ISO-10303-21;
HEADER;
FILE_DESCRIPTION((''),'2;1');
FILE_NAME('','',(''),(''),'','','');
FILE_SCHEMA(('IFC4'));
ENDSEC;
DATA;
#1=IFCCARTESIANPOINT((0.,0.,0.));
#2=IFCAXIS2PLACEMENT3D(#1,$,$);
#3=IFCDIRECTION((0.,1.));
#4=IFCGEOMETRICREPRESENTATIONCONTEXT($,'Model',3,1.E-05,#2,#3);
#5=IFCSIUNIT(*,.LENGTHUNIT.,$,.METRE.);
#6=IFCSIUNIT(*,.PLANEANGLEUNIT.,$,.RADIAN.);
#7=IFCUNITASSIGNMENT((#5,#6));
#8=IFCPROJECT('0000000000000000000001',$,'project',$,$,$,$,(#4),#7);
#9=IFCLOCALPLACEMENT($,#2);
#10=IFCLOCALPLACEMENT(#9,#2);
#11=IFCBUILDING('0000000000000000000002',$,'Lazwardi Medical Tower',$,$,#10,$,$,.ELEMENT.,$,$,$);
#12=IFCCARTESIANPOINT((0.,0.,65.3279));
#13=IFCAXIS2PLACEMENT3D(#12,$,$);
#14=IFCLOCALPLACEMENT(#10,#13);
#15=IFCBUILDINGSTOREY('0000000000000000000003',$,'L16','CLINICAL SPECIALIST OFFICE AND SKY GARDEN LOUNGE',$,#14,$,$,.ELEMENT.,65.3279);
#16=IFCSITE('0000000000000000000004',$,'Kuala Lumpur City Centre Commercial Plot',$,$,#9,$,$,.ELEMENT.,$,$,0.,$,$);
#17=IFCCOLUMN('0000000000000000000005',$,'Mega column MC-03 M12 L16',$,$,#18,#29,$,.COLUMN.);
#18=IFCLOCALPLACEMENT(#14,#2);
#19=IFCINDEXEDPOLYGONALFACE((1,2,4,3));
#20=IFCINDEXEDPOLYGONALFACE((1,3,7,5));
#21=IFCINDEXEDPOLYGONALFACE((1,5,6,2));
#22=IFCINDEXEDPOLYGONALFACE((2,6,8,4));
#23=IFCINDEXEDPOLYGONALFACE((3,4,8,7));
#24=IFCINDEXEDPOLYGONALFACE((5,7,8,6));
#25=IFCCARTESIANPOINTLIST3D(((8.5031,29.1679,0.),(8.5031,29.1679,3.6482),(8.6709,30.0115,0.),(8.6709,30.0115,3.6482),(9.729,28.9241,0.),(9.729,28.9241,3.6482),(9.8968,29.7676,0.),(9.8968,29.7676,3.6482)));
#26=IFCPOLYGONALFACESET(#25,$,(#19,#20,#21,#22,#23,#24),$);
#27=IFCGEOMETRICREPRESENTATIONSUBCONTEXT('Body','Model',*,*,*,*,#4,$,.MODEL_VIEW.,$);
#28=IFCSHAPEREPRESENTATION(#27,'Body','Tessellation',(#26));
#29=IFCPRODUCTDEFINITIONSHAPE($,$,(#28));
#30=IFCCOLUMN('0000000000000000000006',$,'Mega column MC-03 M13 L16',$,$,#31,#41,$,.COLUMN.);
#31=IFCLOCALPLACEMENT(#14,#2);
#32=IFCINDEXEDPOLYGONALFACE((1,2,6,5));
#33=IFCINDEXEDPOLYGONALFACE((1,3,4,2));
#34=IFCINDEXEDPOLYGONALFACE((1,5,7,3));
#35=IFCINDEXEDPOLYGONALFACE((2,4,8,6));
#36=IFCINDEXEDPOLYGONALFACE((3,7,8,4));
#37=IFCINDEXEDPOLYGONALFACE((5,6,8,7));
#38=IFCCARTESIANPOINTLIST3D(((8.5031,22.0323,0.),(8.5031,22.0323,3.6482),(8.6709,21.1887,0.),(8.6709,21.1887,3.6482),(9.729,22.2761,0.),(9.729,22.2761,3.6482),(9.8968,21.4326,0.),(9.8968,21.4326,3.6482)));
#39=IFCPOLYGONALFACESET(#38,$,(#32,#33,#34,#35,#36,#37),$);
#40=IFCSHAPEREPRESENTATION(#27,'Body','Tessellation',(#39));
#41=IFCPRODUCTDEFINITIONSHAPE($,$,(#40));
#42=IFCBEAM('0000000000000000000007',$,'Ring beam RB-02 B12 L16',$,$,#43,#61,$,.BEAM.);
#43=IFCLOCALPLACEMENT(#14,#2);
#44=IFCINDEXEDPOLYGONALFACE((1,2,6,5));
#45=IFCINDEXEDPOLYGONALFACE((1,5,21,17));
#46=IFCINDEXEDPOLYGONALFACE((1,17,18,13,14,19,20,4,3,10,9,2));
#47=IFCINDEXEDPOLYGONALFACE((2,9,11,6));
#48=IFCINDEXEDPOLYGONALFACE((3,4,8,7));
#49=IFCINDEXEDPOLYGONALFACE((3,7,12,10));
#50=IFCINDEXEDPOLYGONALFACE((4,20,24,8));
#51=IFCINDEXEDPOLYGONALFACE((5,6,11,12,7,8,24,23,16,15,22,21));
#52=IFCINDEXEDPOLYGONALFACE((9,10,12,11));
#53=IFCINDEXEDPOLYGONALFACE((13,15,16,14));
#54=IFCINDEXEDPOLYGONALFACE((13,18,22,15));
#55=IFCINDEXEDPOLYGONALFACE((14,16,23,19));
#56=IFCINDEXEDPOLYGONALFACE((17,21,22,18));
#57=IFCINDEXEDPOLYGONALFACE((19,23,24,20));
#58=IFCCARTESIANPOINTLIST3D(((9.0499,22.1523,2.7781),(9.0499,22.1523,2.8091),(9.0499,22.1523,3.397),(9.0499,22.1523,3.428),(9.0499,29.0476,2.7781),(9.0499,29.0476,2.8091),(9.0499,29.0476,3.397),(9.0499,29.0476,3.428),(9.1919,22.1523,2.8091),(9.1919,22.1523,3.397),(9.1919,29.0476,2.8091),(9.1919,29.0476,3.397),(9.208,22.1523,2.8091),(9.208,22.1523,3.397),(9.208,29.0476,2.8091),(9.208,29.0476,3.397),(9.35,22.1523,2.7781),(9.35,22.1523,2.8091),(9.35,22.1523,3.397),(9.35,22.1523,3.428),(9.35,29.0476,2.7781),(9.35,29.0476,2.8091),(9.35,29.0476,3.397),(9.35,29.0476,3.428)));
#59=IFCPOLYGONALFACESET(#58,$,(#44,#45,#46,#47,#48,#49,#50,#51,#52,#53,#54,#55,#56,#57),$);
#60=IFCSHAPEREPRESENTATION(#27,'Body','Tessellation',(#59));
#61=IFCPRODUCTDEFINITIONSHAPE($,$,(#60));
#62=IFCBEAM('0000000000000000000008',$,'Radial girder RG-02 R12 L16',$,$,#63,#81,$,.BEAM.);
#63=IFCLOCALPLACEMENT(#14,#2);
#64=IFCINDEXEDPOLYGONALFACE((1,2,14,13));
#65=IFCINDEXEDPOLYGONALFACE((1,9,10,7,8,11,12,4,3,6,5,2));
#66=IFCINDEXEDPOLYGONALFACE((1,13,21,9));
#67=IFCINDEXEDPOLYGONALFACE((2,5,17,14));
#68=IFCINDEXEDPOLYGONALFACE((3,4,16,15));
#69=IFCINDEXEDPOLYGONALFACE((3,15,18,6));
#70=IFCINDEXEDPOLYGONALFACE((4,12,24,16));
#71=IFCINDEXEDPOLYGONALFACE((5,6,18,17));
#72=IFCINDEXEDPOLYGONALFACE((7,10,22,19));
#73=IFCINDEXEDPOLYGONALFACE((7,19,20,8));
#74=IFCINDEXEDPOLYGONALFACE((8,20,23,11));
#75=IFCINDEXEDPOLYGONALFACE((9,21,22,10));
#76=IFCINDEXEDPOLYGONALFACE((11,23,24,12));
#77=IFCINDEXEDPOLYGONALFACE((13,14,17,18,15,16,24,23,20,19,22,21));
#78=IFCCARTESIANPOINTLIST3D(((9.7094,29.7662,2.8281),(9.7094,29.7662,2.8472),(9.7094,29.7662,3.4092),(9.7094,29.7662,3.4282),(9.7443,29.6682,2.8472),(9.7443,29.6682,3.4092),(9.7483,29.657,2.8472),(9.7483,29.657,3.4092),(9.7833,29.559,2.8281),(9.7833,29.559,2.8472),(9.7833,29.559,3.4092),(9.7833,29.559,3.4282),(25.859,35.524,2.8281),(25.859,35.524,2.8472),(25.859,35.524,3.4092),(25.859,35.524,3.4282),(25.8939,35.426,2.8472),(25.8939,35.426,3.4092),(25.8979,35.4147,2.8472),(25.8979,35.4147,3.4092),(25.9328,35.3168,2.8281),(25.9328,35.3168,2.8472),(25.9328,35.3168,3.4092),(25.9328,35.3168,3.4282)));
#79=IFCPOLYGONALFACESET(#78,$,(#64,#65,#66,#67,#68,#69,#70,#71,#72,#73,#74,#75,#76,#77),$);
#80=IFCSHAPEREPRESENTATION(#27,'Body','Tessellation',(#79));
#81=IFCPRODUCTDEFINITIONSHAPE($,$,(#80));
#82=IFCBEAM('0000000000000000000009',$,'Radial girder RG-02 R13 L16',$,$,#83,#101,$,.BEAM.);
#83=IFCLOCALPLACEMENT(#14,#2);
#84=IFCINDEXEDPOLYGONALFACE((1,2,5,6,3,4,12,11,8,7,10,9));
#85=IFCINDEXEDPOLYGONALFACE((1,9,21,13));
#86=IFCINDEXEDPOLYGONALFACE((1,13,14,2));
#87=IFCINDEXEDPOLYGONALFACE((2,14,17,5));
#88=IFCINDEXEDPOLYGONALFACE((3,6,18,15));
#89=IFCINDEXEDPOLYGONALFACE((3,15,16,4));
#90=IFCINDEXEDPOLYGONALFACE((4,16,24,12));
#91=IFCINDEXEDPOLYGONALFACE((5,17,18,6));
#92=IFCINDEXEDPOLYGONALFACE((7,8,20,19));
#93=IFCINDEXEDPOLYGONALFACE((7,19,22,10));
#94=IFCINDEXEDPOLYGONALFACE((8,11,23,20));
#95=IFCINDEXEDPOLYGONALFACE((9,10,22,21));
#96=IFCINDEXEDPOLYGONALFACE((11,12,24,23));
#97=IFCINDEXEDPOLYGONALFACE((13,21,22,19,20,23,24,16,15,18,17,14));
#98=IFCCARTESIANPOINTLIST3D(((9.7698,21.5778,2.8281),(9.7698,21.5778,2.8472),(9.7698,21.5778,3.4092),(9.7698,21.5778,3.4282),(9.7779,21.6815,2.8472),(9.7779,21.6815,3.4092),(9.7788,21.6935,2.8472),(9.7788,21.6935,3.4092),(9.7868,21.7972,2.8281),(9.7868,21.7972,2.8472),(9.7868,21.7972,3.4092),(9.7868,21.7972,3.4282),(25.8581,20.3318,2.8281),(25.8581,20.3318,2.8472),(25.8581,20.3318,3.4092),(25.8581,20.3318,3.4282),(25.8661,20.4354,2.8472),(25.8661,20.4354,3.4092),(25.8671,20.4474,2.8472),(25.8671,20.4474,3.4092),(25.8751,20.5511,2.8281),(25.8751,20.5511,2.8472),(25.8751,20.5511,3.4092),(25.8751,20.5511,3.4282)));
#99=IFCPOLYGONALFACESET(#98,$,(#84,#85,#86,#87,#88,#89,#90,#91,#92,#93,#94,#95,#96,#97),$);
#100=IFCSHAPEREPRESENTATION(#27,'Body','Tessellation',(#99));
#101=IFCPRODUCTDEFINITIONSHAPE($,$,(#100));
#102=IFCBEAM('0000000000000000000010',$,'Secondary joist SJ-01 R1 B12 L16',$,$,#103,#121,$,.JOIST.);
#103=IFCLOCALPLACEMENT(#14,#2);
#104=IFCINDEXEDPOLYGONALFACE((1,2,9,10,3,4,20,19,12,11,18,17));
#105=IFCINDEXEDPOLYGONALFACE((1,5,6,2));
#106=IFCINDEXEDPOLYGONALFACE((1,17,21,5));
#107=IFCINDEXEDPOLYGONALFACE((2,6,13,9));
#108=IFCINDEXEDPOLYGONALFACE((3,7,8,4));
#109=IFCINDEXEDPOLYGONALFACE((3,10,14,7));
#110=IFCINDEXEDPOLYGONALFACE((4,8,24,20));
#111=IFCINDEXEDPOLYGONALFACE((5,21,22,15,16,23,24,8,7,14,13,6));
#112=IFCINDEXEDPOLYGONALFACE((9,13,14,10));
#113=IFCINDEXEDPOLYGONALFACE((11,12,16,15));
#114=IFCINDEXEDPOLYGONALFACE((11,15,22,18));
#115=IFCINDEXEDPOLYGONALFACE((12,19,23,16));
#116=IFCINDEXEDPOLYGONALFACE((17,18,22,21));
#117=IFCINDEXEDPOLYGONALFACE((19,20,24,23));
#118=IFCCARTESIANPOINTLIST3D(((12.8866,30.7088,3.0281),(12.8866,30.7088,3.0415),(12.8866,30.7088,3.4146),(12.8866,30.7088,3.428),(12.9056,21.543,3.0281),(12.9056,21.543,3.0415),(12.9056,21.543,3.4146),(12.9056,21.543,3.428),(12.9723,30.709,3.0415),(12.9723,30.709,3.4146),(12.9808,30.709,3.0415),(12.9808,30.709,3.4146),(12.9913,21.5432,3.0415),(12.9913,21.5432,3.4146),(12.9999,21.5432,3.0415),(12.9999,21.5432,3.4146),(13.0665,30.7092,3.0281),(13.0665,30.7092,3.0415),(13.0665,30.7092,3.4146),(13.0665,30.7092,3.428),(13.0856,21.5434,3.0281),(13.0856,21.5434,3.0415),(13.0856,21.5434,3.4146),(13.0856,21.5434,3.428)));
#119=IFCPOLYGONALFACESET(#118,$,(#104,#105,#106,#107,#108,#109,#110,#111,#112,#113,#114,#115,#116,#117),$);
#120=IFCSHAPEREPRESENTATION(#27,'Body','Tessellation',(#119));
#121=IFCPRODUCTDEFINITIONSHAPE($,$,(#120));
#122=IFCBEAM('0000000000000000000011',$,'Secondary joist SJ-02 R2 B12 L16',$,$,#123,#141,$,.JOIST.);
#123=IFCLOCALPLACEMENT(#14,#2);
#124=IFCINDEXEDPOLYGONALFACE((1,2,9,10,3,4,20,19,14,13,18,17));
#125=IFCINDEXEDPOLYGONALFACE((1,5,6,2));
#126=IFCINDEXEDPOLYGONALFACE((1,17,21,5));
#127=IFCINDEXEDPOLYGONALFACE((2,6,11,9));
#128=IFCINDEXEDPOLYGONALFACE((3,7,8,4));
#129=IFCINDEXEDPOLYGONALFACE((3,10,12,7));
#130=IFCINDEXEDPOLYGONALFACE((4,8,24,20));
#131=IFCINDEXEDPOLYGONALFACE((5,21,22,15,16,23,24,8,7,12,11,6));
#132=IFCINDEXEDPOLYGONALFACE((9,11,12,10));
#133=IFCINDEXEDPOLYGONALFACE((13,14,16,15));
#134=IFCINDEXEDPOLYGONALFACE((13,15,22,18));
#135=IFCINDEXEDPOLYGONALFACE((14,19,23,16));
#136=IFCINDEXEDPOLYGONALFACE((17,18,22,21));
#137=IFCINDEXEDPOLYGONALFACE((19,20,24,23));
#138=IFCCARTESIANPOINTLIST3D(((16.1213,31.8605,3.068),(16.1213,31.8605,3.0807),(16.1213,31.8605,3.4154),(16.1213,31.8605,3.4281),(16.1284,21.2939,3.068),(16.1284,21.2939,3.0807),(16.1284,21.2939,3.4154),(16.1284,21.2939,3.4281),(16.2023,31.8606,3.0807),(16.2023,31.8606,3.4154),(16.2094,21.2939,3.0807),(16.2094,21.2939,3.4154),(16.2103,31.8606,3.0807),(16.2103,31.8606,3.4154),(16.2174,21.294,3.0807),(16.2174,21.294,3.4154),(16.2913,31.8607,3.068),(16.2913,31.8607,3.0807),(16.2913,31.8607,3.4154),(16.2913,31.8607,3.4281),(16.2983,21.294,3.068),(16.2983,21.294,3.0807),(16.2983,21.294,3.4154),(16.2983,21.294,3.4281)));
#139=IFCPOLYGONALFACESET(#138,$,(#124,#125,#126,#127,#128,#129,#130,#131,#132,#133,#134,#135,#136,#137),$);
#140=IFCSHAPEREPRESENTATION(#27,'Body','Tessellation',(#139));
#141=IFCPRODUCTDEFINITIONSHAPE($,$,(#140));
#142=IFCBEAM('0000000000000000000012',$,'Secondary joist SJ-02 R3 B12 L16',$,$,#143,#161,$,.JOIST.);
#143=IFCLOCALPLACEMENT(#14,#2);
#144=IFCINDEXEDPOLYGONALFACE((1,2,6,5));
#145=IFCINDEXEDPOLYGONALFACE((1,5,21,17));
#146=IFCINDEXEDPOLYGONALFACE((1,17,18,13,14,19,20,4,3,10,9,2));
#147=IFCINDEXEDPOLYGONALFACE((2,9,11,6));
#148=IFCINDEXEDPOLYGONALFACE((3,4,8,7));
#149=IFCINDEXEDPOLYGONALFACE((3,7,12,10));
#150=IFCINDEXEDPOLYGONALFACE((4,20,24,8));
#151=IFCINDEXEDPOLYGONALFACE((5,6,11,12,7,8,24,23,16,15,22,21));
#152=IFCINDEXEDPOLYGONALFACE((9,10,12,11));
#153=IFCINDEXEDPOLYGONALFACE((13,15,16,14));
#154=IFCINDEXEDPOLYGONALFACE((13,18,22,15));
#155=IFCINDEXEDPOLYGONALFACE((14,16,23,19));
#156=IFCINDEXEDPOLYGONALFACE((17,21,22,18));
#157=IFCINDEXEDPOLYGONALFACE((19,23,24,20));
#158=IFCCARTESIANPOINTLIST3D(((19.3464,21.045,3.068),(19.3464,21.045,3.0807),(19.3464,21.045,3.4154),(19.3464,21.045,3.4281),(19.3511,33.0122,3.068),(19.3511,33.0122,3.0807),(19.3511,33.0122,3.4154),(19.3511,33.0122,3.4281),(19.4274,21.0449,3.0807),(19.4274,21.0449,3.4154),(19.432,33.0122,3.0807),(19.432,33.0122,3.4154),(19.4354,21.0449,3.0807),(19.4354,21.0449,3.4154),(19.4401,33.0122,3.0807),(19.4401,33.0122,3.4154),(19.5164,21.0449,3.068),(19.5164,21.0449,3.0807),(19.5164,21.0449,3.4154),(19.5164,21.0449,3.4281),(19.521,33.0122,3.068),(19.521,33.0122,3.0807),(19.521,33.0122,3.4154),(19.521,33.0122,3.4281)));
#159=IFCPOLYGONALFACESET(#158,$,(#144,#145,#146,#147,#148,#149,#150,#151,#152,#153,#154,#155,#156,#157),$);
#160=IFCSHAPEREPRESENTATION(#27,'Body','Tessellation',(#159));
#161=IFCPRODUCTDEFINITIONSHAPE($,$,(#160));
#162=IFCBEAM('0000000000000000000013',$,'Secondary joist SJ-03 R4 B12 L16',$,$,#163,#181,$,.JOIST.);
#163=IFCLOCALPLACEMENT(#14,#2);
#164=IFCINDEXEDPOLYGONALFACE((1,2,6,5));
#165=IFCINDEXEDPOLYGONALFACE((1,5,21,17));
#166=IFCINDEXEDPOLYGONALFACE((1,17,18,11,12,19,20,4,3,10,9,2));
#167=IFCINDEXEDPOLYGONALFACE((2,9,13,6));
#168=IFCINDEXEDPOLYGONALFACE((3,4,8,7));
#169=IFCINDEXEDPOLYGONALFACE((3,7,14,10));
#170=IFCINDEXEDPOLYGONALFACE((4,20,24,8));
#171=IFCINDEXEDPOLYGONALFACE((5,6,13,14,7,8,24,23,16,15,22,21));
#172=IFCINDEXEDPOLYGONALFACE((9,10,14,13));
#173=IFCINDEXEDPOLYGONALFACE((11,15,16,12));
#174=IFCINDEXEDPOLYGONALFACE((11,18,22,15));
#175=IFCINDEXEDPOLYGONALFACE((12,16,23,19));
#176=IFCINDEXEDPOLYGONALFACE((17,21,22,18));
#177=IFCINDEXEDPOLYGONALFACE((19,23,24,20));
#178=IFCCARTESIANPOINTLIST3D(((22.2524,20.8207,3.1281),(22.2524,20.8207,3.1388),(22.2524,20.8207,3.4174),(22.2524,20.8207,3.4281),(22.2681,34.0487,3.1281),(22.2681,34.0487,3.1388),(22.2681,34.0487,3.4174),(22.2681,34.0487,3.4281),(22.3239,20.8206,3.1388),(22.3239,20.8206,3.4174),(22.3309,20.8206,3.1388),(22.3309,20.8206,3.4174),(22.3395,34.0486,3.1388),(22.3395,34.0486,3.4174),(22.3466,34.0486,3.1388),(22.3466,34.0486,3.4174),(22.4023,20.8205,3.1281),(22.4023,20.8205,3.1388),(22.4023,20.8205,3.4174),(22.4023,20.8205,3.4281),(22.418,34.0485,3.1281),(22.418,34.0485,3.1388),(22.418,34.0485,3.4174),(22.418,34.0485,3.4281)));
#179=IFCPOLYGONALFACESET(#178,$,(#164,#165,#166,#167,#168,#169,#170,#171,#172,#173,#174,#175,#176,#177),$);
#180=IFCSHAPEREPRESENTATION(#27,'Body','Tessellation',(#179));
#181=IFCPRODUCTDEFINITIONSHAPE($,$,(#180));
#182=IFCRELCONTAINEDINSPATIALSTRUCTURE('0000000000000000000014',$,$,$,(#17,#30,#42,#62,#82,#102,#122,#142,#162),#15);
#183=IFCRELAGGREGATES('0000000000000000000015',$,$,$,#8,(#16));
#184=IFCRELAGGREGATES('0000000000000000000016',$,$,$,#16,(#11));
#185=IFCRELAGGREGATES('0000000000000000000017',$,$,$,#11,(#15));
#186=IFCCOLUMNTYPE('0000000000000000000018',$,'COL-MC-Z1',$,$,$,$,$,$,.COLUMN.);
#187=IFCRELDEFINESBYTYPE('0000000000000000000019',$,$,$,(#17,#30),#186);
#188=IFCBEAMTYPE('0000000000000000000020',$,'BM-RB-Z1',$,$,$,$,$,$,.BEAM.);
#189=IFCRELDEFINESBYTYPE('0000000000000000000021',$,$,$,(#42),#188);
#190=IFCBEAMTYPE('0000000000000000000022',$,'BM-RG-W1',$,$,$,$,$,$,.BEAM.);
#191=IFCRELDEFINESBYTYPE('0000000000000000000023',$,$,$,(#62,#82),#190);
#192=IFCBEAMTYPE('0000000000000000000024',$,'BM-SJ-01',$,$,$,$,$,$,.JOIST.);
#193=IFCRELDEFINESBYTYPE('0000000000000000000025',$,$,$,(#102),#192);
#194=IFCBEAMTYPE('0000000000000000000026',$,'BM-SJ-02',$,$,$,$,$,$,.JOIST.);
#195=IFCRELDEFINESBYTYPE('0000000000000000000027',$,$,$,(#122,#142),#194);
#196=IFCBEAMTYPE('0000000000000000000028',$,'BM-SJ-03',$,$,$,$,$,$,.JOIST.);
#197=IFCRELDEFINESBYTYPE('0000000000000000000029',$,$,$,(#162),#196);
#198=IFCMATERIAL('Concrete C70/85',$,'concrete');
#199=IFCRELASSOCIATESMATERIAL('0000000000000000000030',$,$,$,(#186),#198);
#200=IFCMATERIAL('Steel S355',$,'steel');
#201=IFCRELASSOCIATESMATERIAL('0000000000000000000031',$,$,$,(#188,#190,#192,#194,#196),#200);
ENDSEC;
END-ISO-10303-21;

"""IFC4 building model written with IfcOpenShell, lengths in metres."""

from ifc_helpers import new_model, si_unit, direction, frame, origin, origin_2d, place, context, subcontext, project, spatial, rectangle, i_section, extrude, material, material_profile, profile_set, type_object, element, save


model = new_model("IFC4")

# Units and contexts
model_context = context("Model", 3, precision=1e-05, world=origin(), true_north=direction((0.0, 1.0)))
body_context = subcontext(model_context, "Body", "Model", "MODEL_VIEW")
ifc_project = project(units=[si_unit("LENGTHUNIT", "METRE"), si_unit("PLANEANGLEUNIT", "RADIAN")], contexts=[model_context])

# Site, building, storey
site_placement = place(None, origin())
site = spatial("IfcSite", under=ifc_project, at=site_placement, Name="Kuala Lumpur City Centre Commercial Plot", CompositionType="ELEMENT", RefElevation=0.0)
building_placement = place(site_placement, origin())
building = spatial("IfcBuilding", under=site, at=building_placement, Name="Lazwardi Medical Tower", CompositionType="ELEMENT")
storey_placement = place(building_placement, frame((0.0, 0.0, 65.3279)))
storey = spatial("IfcBuildingStorey", under=building, at=storey_placement, Name="L16", Description="CLINICAL SPECIALIST OFFICE AND SKY GARDEN LOUNGE", CompositionType="ELEMENT", Elevation=65.3279)

# Columns
ifc_material_1 = material(Name="Concrete C70/85", Category="concrete")
ifc_material_profile_1 = material_profile(ifc_material_1, rectangle(XDim=1.25, YDim=0.8601, at=origin_2d()), Name="CFT-RECT 1250x860")
ifc_profile_set_1 = profile_set([ifc_material_profile_1], Name="Concrete C70/85")
column_type = type_object("IfcColumnType", Name="COL-MC-Z1", PredefinedType="COLUMN", material=ifc_profile_set_1)
for number, where, z_axis, x_axis, name in (
    (1, (9.2, 29.4678, 0.0), (0.0, 0.0, 1.0), (-0.980785, 0.19509, 0.0), "Mega column MC-03 M12 L16"),
    (2, (9.2, 21.7324, 0.0), (0.0, 0.0, 1.0), (-0.980785, -0.19509, 0.0), "Mega column MC-03 M13 L16"),
):
    element("IfcColumn", number, at=place(storey_placement, frame(where, z_axis=z_axis, x_axis=x_axis)), inside=storey, type_object=column_type, Name=name, PredefinedType="COLUMN", context=body_context, shape_type="SweptSolid", body=[
        extrude(rectangle(XDim=1.25, YDim=0.8601, at=origin_2d()), origin(), (0.0, 0.0, 1.0), 3.6482),
    ])

# Beams
ifc_material_2 = material(Name="Steel S355", Category="steel")
ifc_material_profile_2 = material_profile(ifc_material_2, i_section(OverallWidth=0.3, OverallDepth=0.6499, WebThickness=0.0161, FlangeThickness=0.031, at=origin_2d()), Name="HEB 650")
ifc_profile_set_2 = profile_set([ifc_material_profile_2], Name="Steel S355")
beam_type_1 = type_object("IfcBeamType", Name="BM-RB-Z1", PredefinedType="BEAM", material=ifc_profile_set_2)
beam_1_placement = place(storey_placement, frame((9.2, 29.0476, 3.103), z_axis=(0.0, -1.0, 0.0), x_axis=(1.0, 0.0, 0.0)))
element("IfcBeam", 3, at=beam_1_placement, inside=storey, type_object=beam_type_1, Name="Ring beam RB-02 B12 L16", PredefinedType="BEAM", context=body_context, shape_type="SweptSolid", body=[
    extrude(i_section(OverallWidth=0.3, OverallDepth=0.6499, WebThickness=0.0161, FlangeThickness=0.031, at=origin_2d()), origin(), (0.0, 0.0, 1.0), 6.8953),
])
ifc_material_profile_3 = material_profile(ifc_material_2, i_section(OverallWidth=0.22, OverallDepth=0.6001, WebThickness=0.012, FlangeThickness=0.019, at=origin_2d()), Name="IPE 600")
ifc_profile_set_3 = profile_set([ifc_material_profile_3], Name="Steel S355")
beam_type_2 = type_object("IfcBeamType", Name="BM-RG-W1", PredefinedType="BEAM", material=ifc_profile_set_3)
beam_2_placement = place(storey_placement, frame((9.7463, 29.6626, 3.1282), z_axis=(0.941925, 0.335823, 0.0), x_axis=(-0.335823, 0.941925, 0.0)))
element("IfcBeam", 4, at=beam_2_placement, inside=storey, type_object=beam_type_2, Name="Radial girder RG-02 R12 L16", PredefinedType="BEAM", context=body_context, shape_type="SweptSolid", body=[
    extrude(i_section(OverallWidth=0.22, OverallDepth=0.6001, WebThickness=0.012, FlangeThickness=0.019, at=origin_2d()), origin(), (0.0, 0.0, 1.0), 17.1453),
])
beam_3_placement = place(storey_placement, frame((9.7783, 21.6875, 3.1282), z_axis=(0.997014, -0.077222, 0.0), x_axis=(0.077222, 0.997014, 0.0)))
element("IfcBeam", 5, at=beam_3_placement, inside=storey, type_object=beam_type_2, Name="Radial girder RG-02 R13 L16", PredefinedType="BEAM", context=body_context, shape_type="SweptSolid", body=[
    extrude(i_section(OverallWidth=0.22, OverallDepth=0.6001, WebThickness=0.012, FlangeThickness=0.019, at=origin_2d()), origin(), (0.0, 0.0, 1.0), 16.1365),
])
ifc_material_profile_4 = material_profile(ifc_material_2, i_section(OverallWidth=0.1799, OverallDepth=0.3999, WebThickness=0.0085, FlangeThickness=0.0134, at=origin_2d()), Name="IPE 400")
ifc_profile_set_4 = profile_set([ifc_material_profile_4], Name="Steel S355")
beam_type_3 = type_object("IfcBeamType", Name="BM-SJ-01", PredefinedType="JOIST", material=ifc_profile_set_4)
beam_4_placement = place(storey_placement, frame((12.9766, 30.709, 3.228), z_axis=(0.002078, -0.999998, 0.0), x_axis=(0.999998, 0.002078, 0.0)))
element("IfcBeam", 6, at=beam_4_placement, inside=storey, type_object=beam_type_3, Name="Secondary joist SJ-01 R1 B12 L16", PredefinedType="JOIST", context=body_context, shape_type="SweptSolid", body=[
    extrude(i_section(OverallWidth=0.1799, OverallDepth=0.3999, WebThickness=0.0085, FlangeThickness=0.0134, at=origin_2d()), origin(), (0.0, 0.0, 1.0), 9.1658),
])
ifc_material_profile_5 = material_profile(ifc_material_2, i_section(OverallWidth=0.1699, OverallDepth=0.3601, WebThickness=0.0081, FlangeThickness=0.0127, at=origin_2d()), Name="IPE 360")
ifc_profile_set_5 = profile_set([ifc_material_profile_5], Name="Steel S355")
beam_type_4 = type_object("IfcBeamType", Name="BM-SJ-02", PredefinedType="JOIST", material=ifc_profile_set_5)
beam_5_placement = place(storey_placement, frame((16.2063, 31.8606, 3.248), z_axis=(0.00067, -1.0, 0.0), x_axis=(1.0, 0.00067, 0.0)))
element("IfcBeam", 7, at=beam_5_placement, inside=storey, type_object=beam_type_4, Name="Secondary joist SJ-02 R2 B12 L16", PredefinedType="JOIST", context=body_context, shape_type="SweptSolid", body=[
    extrude(i_section(OverallWidth=0.1699, OverallDepth=0.3601, WebThickness=0.0081, FlangeThickness=0.0127, at=origin_2d()), origin(), (0.0, 0.0, 1.0), 10.5667),
])
beam_6_placement = place(storey_placement, frame((19.436, 33.0122, 3.248), z_axis=(-0.000388, -1.0, 0.0), x_axis=(1.0, -0.000388, 0.0)))
element("IfcBeam", 8, at=beam_6_placement, inside=storey, type_object=beam_type_4, Name="Secondary joist SJ-02 R3 B12 L16", PredefinedType="JOIST", context=body_context, shape_type="SweptSolid", body=[
    extrude(i_section(OverallWidth=0.1699, OverallDepth=0.3601, WebThickness=0.0081, FlangeThickness=0.0127, at=origin_2d()), origin(), (0.0, 0.0, 1.0), 11.9673),
])
ifc_material_profile_6 = material_profile(ifc_material_2, i_section(OverallWidth=0.1499, OverallDepth=0.3, WebThickness=0.0071, FlangeThickness=0.0107, at=origin_2d()), Name="IPE 300")
ifc_profile_set_6 = profile_set([ifc_material_profile_6], Name="Steel S355")
beam_type_5 = type_object("IfcBeamType", Name="BM-SJ-03", PredefinedType="JOIST", material=ifc_profile_set_6)
beam_7_placement = place(storey_placement, frame((22.343, 34.0486, 3.2781), z_axis=(-0.001181, -0.999999, 0.0), x_axis=(0.999999, -0.001181, 0.0)))
element("IfcBeam", 9, at=beam_7_placement, inside=storey, type_object=beam_type_5, Name="Secondary joist SJ-03 R4 B12 L16", PredefinedType="JOIST", context=body_context, shape_type="SweptSolid", body=[
    extrude(i_section(OverallWidth=0.1499, OverallDepth=0.3, WebThickness=0.0071, FlangeThickness=0.0107, at=origin_2d()), origin(), (0.0, 0.0, 1.0), 13.228),
])

save(model, "model.ifc")
